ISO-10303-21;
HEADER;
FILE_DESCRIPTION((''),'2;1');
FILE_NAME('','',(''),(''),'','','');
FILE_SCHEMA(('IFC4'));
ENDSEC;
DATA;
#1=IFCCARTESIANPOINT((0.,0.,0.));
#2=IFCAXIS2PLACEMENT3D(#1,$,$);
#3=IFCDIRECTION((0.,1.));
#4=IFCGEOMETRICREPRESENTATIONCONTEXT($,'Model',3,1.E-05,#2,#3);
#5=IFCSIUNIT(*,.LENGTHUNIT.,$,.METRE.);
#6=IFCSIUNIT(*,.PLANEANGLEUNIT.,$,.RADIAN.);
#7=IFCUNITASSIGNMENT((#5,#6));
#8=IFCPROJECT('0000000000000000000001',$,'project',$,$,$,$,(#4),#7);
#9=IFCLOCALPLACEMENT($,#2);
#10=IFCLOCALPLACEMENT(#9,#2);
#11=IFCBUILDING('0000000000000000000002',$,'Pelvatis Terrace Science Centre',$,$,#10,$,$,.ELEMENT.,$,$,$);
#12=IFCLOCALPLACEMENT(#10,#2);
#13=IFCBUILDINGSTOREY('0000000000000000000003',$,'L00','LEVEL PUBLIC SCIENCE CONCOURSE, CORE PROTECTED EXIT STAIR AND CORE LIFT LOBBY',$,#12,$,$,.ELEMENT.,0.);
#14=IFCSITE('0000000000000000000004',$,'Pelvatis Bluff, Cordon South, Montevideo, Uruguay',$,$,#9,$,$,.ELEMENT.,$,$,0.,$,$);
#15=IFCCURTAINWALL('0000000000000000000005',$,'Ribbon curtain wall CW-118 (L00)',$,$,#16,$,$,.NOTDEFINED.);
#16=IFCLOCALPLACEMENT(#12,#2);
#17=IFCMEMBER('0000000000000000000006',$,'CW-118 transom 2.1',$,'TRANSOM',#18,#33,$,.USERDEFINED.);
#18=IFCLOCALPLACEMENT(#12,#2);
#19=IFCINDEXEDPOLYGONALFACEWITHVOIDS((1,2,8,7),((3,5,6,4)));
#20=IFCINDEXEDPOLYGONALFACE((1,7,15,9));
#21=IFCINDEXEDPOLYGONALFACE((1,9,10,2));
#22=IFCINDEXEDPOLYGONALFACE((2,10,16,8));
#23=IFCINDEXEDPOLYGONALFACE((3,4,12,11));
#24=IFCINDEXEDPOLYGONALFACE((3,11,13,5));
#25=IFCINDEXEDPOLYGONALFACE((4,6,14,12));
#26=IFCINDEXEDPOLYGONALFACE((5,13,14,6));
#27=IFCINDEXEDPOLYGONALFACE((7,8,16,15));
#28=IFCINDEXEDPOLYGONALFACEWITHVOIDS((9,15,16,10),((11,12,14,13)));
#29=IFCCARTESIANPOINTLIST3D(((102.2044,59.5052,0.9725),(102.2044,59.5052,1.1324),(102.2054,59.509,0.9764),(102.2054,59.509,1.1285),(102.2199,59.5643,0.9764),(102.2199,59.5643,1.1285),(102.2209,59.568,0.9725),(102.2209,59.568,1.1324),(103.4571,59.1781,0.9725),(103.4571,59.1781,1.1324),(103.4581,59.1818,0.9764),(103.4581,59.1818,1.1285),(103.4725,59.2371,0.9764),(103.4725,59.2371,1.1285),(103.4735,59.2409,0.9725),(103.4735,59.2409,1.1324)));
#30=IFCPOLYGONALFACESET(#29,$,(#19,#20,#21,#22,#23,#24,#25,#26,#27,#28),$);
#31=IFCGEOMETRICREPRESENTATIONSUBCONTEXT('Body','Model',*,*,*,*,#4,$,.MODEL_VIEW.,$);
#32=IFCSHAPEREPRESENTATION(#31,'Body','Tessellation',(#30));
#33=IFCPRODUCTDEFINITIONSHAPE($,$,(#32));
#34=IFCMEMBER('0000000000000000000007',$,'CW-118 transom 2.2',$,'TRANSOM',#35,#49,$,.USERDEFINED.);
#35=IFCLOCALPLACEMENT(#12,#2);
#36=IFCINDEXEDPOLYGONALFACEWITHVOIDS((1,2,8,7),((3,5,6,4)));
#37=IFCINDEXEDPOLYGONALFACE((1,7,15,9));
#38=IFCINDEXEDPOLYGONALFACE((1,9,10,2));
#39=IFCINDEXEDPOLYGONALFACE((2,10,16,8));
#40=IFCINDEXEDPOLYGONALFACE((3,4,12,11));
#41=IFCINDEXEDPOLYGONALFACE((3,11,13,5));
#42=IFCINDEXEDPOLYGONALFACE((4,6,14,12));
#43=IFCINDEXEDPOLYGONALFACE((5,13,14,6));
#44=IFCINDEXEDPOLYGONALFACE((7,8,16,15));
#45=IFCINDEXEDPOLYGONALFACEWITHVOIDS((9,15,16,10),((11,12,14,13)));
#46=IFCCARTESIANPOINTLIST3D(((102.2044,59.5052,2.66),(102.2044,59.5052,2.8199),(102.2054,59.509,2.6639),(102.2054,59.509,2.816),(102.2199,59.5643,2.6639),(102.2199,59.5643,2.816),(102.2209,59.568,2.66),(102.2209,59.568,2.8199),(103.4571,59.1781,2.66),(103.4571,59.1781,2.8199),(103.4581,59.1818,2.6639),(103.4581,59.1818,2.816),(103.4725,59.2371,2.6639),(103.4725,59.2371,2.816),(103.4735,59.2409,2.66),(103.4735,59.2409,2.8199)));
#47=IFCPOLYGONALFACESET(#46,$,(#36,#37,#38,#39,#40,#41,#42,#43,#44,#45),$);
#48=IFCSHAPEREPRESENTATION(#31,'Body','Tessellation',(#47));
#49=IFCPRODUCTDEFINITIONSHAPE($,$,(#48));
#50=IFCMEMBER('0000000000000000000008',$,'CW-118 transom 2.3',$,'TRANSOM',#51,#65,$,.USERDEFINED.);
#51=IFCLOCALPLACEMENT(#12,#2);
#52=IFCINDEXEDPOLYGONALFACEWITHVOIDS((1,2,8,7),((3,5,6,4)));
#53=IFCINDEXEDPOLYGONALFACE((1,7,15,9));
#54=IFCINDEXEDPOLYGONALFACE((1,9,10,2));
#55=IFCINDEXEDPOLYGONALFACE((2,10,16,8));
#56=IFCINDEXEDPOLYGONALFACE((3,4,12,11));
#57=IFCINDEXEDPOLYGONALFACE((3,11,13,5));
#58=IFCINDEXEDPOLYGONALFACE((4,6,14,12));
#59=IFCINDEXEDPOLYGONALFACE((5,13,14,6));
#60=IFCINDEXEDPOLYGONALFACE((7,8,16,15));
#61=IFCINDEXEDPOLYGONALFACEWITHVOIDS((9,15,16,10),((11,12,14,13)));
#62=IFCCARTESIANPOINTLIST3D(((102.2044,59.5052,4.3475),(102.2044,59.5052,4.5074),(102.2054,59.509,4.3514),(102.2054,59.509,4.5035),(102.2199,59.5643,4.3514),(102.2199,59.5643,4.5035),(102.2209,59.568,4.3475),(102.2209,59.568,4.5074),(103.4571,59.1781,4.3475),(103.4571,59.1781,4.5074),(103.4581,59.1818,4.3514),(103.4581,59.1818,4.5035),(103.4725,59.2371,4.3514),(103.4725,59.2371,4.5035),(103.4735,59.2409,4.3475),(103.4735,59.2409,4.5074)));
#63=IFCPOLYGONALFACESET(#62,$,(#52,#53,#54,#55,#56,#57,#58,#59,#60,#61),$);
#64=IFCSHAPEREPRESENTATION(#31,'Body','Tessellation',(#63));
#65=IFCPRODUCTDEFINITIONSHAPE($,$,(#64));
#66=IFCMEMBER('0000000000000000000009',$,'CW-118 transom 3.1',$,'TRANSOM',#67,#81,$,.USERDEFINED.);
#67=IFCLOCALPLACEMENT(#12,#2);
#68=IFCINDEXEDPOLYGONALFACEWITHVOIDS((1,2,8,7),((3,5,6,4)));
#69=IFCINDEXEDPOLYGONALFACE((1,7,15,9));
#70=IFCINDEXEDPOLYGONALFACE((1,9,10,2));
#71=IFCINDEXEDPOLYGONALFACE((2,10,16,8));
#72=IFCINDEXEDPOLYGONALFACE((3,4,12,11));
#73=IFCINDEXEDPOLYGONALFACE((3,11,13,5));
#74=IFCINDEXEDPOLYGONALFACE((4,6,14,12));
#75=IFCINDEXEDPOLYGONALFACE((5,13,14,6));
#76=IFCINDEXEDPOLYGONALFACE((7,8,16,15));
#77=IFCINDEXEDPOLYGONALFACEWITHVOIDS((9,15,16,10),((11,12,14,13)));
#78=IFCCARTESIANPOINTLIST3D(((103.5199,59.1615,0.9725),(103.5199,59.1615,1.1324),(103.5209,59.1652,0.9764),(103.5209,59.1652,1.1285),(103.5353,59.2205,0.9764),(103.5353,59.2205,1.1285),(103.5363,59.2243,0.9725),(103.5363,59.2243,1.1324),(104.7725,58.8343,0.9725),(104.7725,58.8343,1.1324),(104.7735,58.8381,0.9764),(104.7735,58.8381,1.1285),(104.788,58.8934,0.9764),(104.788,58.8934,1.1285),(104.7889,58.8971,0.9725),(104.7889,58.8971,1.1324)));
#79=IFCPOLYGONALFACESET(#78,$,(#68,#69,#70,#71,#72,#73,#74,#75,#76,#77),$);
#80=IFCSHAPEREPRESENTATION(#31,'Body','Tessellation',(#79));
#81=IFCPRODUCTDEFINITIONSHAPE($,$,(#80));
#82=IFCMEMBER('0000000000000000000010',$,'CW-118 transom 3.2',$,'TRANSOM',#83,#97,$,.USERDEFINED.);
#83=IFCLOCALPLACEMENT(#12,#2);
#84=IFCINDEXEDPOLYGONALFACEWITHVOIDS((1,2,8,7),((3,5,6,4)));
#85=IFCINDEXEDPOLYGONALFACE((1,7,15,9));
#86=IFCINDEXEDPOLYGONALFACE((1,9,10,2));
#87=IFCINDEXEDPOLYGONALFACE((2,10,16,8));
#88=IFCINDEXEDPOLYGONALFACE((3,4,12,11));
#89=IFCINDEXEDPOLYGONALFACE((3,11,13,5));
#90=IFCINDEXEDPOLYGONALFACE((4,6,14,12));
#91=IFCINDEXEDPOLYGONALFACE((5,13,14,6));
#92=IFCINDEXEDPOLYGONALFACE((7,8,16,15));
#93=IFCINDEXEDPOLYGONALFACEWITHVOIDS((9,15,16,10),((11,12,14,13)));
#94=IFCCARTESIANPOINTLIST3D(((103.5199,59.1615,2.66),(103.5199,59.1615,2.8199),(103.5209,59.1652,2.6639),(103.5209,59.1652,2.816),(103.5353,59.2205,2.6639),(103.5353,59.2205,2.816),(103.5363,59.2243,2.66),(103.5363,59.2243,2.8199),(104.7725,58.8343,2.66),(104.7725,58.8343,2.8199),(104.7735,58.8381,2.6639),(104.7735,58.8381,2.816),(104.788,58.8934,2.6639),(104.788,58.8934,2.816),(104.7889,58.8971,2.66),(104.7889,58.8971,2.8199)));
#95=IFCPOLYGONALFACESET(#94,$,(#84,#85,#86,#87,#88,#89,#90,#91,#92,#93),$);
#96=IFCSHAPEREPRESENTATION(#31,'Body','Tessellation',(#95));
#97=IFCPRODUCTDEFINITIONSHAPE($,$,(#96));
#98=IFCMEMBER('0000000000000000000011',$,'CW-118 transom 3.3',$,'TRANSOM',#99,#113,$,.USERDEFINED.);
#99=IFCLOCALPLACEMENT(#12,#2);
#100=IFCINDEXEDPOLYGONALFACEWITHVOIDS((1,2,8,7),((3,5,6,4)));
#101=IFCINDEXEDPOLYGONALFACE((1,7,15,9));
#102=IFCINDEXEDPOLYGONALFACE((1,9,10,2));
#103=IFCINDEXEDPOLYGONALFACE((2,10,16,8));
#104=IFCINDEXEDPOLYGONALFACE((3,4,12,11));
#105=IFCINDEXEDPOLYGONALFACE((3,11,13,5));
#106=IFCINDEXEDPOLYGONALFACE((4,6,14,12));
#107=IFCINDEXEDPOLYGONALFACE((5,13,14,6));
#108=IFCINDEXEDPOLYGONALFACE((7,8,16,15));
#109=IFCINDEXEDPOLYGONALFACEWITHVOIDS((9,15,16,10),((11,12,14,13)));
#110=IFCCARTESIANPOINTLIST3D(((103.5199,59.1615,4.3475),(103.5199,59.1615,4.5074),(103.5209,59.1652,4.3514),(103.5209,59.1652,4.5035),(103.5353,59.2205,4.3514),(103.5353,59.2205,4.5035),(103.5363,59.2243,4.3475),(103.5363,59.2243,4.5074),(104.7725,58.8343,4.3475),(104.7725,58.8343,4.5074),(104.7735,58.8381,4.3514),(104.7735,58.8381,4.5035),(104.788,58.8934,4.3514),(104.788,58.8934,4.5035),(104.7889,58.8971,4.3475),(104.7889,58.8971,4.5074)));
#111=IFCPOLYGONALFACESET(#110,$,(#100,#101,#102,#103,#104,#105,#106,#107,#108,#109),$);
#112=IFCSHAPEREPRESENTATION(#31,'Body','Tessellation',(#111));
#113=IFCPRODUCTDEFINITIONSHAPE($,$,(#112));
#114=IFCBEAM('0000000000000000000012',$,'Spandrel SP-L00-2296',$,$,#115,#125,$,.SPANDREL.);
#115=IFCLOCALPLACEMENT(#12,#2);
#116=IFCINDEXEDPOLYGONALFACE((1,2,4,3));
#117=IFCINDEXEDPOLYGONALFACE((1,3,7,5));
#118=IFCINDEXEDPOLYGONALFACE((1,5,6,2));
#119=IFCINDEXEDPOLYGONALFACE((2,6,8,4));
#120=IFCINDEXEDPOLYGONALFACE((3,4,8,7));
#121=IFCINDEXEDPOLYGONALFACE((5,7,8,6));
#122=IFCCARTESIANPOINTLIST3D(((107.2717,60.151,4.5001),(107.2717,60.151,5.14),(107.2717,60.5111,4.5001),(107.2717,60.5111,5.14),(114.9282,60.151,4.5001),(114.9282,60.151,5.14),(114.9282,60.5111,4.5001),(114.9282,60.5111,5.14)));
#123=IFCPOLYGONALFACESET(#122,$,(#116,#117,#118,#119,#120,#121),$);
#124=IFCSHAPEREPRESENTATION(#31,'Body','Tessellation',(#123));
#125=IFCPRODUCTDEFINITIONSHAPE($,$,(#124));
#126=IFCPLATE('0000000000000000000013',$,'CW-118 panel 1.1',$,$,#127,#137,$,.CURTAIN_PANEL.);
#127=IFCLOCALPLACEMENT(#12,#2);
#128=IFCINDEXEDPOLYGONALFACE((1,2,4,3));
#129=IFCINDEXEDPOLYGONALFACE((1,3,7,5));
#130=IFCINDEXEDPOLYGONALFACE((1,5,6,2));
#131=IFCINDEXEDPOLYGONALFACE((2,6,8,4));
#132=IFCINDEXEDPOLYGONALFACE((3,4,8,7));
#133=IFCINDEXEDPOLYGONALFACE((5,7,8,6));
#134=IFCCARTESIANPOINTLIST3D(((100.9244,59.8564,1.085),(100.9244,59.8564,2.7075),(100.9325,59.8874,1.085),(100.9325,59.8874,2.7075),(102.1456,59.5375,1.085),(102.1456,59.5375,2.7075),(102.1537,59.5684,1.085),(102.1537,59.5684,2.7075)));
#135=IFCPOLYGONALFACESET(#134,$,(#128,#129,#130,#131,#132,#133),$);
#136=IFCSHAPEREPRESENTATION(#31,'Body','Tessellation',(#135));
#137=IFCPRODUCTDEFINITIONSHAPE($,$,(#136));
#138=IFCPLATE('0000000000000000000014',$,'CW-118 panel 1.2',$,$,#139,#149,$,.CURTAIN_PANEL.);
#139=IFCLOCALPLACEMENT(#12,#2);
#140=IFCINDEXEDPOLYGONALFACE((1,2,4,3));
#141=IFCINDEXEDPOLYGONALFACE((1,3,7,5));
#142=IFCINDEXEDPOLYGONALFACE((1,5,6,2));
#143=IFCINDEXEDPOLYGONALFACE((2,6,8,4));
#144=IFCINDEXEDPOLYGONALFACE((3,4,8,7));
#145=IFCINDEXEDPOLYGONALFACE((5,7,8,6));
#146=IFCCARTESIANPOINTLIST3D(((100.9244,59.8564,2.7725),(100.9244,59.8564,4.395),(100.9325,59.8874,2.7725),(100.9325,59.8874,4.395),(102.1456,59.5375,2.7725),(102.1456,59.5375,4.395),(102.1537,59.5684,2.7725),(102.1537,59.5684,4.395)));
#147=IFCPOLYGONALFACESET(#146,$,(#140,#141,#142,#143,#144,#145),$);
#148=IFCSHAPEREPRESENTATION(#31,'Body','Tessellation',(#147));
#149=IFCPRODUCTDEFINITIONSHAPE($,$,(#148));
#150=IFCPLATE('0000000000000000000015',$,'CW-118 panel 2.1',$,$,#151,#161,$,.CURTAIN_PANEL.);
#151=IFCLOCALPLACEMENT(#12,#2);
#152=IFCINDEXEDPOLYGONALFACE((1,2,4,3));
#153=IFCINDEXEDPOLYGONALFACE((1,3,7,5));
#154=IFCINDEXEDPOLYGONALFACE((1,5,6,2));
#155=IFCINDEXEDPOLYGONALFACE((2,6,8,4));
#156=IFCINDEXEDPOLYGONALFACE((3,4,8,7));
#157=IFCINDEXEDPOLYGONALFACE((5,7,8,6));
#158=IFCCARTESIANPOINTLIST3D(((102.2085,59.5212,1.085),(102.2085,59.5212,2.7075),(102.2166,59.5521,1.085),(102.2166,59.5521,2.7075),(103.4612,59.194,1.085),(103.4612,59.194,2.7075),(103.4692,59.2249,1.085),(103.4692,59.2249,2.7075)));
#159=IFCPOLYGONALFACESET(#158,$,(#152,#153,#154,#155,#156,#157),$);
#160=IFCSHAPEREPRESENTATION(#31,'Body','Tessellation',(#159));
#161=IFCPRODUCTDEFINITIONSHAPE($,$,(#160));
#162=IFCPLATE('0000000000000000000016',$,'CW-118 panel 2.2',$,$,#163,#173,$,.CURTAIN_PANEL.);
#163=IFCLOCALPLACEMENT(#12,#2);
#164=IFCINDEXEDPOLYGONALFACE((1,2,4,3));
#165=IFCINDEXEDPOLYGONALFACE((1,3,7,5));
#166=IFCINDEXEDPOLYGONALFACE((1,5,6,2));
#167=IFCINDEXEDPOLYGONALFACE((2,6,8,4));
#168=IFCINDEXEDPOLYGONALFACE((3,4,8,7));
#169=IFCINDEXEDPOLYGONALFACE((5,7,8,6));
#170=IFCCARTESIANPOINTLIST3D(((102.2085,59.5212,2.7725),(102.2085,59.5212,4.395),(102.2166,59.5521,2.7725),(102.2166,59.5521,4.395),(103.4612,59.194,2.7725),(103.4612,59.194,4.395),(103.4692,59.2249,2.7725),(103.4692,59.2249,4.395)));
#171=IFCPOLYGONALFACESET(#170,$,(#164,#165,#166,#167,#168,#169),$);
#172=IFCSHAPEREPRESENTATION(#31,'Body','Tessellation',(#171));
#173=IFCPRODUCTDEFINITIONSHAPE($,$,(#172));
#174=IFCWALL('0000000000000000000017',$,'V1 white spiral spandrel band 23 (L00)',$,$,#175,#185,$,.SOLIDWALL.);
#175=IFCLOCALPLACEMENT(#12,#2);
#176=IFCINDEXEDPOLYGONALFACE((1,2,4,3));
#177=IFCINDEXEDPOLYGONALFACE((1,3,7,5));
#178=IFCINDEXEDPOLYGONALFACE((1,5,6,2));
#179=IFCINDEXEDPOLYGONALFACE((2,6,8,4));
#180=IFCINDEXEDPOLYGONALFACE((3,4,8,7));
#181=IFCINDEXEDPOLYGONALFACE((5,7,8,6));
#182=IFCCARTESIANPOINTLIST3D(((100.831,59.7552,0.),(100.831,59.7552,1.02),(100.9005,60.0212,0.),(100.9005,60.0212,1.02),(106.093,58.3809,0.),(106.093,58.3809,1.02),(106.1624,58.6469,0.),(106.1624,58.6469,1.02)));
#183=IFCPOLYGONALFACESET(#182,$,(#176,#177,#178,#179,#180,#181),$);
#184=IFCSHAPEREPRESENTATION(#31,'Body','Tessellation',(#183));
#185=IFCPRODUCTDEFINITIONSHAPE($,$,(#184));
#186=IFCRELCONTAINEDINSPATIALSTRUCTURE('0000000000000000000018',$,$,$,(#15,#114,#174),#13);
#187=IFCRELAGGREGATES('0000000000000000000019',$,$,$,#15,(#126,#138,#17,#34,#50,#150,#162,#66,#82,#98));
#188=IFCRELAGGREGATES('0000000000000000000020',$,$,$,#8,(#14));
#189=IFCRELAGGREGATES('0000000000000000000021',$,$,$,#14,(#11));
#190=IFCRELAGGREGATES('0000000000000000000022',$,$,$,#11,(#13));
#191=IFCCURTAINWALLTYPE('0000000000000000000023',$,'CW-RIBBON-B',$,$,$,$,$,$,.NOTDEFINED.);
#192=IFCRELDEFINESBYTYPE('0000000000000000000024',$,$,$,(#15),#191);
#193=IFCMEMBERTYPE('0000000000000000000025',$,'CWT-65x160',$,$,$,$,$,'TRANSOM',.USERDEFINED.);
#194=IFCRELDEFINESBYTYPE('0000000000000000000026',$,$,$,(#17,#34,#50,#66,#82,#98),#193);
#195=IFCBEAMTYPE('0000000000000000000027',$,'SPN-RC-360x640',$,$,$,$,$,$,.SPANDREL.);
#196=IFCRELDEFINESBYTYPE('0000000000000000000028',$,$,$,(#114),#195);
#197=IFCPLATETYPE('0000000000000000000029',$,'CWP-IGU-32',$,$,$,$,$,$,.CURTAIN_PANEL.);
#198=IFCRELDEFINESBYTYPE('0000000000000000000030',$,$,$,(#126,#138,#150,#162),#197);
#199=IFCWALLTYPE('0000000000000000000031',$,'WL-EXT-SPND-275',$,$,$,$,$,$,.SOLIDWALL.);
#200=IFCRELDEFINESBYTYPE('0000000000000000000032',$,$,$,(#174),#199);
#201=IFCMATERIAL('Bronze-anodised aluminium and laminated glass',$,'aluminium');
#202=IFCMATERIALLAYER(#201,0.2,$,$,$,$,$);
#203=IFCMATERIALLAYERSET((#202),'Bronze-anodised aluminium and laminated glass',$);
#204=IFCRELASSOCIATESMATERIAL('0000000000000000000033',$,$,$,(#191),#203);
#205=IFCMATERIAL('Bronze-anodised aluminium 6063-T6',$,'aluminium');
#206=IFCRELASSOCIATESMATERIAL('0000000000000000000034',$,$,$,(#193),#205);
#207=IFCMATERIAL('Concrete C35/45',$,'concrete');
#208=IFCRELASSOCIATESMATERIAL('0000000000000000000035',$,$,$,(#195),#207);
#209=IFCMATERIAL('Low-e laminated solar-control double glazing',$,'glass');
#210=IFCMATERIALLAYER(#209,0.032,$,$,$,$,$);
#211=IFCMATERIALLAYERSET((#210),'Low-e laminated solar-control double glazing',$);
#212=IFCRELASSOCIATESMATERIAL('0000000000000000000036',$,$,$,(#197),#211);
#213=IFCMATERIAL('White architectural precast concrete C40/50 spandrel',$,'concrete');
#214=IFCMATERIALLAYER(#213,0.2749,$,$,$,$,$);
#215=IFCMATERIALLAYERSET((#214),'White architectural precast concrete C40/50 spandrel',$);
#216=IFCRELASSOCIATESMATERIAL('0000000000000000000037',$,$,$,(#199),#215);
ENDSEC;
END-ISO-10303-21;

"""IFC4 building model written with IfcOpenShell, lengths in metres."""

from ifc_helpers import new_model, si_unit, direction, frame, frame_2d, origin, origin_2d, place, context, subcontext, project, spatial, rectangle, hollow_rectangle, extrude, material, layer, layer_set, material_profile, profile_set, type_object, element, aggregate, save


model = new_model("IFC4")

# Units and contexts
model_context = context("Model", 3, precision=1e-05, world=origin(), true_north=direction((0.0, 1.0)))
body_context = subcontext(model_context, "Body", "Model", "MODEL_VIEW")
ifc_project = project(units=[si_unit("LENGTHUNIT", "METRE"), si_unit("PLANEANGLEUNIT", "RADIAN")], contexts=[model_context])

# Site, building, storey
site_placement = place(None, origin())
site = spatial("IfcSite", under=ifc_project, at=site_placement, Name="Pelvatis Bluff, Cordon South, Montevideo, Uruguay", CompositionType="ELEMENT", RefElevation=0.0)
building_placement = place(site_placement, origin())
building = spatial("IfcBuilding", under=site, at=building_placement, Name="Pelvatis Terrace Science Centre", CompositionType="ELEMENT")
storey_placement = place(building_placement, origin())
storey = spatial("IfcBuildingStorey", under=building, at=storey_placement, Name="L00", Description="LEVEL PUBLIC SCIENCE CONCOURSE, CORE PROTECTED EXIT STAIR AND CORE LIFT LOBBY", CompositionType="ELEMENT", Elevation=0.0)

# Curtain wall, members
ifc_material_1 = material(Name="Bronze-anodised aluminium and laminated glass", Category="aluminium")
ifc_layer_1 = layer(ifc_material_1, 0.2)
ifc_layer_set_1 = layer_set([ifc_layer_1], Name="Bronze-anodised aluminium and laminated glass")
curtain_wall_type = type_object("IfcCurtainWallType", Name="CW-RIBBON-B", PredefinedType="NOTDEFINED", material=ifc_layer_set_1)
curtain_wall_placement = place(storey_placement, origin())
curtain_wall = element("IfcCurtainWall", 1, at=curtain_wall_placement, inside=storey, type_object=curtain_wall_type, Name="Ribbon curtain wall CW-118 (L00)", PredefinedType="NOTDEFINED")
ifc_material_2 = material(Name="Bronze-anodised aluminium 6063-T6", Category="aluminium")
ifc_material_profile_1 = material_profile(ifc_material_2, hollow_rectangle(XDim=0.0649, YDim=0.1599, WallThickness=0.0039, at=origin_2d()), Name="ALU-TRN 65x160")
ifc_profile_set_1 = profile_set([ifc_material_profile_1], Name="Bronze-anodised aluminium 6063-T6")
member_type_1 = type_object("IfcMemberType", Name="CWT-65x160", ElementType="TRANSOM", PredefinedType="USERDEFINED", material=ifc_profile_set_1)
member_1_placement = place(storey_placement, frame((102.2126, 59.5366, 1.0525), z_axis=(0.967549, -0.252683, 0.0), x_axis=(0.252683, 0.967549, 0.0)))
member_1 = element("IfcMember", 2, at=member_1_placement, type_object=member_type_1, Name="CW-118 transom 2.1", ObjectType="TRANSOM", PredefinedType="USERDEFINED", context=body_context, shape_type="SweptSolid", body=[
    extrude(hollow_rectangle(XDim=0.0649, YDim=0.1599, WallThickness=0.0039, at=origin_2d()), origin(), (0.0, 0.0, 1.0), 1.2947),
])
member_2_placement = place(storey_placement, frame((102.2126, 59.5366, 2.74), z_axis=(0.967549, -0.252683, 0.0), x_axis=(0.252683, 0.967549, 0.0)))
member_2 = element("IfcMember", 3, at=member_2_placement, type_object=member_type_1, Name="CW-118 transom 2.2", ObjectType="TRANSOM", PredefinedType="USERDEFINED", context=body_context, shape_type="SweptSolid", body=[
    extrude(hollow_rectangle(XDim=0.0649, YDim=0.1599, WallThickness=0.0039, at=origin_2d()), origin(), (0.0, 0.0, 1.0), 1.2947),
])
member_3_placement = place(storey_placement, frame((102.2126, 59.5366, 4.4275), z_axis=(0.967549, -0.252683, 0.0), x_axis=(0.252683, 0.967549, 0.0)))
member_3 = element("IfcMember", 4, at=member_3_placement, type_object=member_type_1, Name="CW-118 transom 2.3", ObjectType="TRANSOM", PredefinedType="USERDEFINED", context=body_context, shape_type="SweptSolid", body=[
    extrude(hollow_rectangle(XDim=0.0649, YDim=0.1599, WallThickness=0.0039, at=origin_2d()), origin(), (0.0, 0.0, 1.0), 1.2947),
])
member_4_placement = place(storey_placement, frame((103.5281, 59.1929, 1.0525), z_axis=(0.967549, -0.252683, 0.0), x_axis=(0.252683, 0.967549, 0.0)))
member_4 = element("IfcMember", 5, at=member_4_placement, type_object=member_type_1, Name="CW-118 transom 3.1", ObjectType="TRANSOM", PredefinedType="USERDEFINED", context=body_context, shape_type="SweptSolid", body=[
    extrude(hollow_rectangle(XDim=0.0649, YDim=0.1599, WallThickness=0.0039, at=origin_2d()), origin(), (0.0, 0.0, 1.0), 1.2947),
])
member_5_placement = place(storey_placement, frame((103.5281, 59.1929, 2.74), z_axis=(0.967549, -0.252683, 0.0), x_axis=(0.252683, 0.967549, 0.0)))
member_5 = element("IfcMember", 6, at=member_5_placement, type_object=member_type_1, Name="CW-118 transom 3.2", ObjectType="TRANSOM", PredefinedType="USERDEFINED", context=body_context, shape_type="SweptSolid", body=[
    extrude(hollow_rectangle(XDim=0.0649, YDim=0.1599, WallThickness=0.0039, at=origin_2d()), origin(), (0.0, 0.0, 1.0), 1.2947),
])
member_6_placement = place(storey_placement, frame((103.5281, 59.1929, 4.4275), z_axis=(0.967549, -0.252683, 0.0), x_axis=(0.252683, 0.967549, 0.0)))
member_6 = element("IfcMember", 7, at=member_6_placement, type_object=member_type_1, Name="CW-118 transom 3.3", ObjectType="TRANSOM", PredefinedType="USERDEFINED", context=body_context, shape_type="SweptSolid", body=[
    extrude(hollow_rectangle(XDim=0.0649, YDim=0.1599, WallThickness=0.0039, at=origin_2d()), origin(), (0.0, 0.0, 1.0), 1.2947),
])

# Beam
ifc_material_3 = material(Name="Concrete C35/45", Category="concrete")
ifc_material_profile_2 = material_profile(ifc_material_3, rectangle(XDim=0.3601, YDim=0.6399, at=origin_2d()), Name="RC-SPN 360x640")
ifc_profile_set_2 = profile_set([ifc_material_profile_2], Name="Concrete C35/45")
beam_type = type_object("IfcBeamType", Name="SPN-RC-360x640", PredefinedType="SPANDREL", material=ifc_profile_set_2)
beam_placement = place(storey_placement, frame((107.2717, 60.3311, 4.8201), z_axis=(1.0, 0.0, 0.0), x_axis=(0.0, 1.0, 0.0)))
element("IfcBeam", 8, at=beam_placement, inside=storey, type_object=beam_type, Name="Spandrel SP-L00-2296", PredefinedType="SPANDREL", context=body_context, shape_type="SweptSolid", body=[
    extrude(rectangle(XDim=0.3601, YDim=0.6399, at=origin_2d()), origin(), (0.0, 0.0, 1.0), 7.6565),
])

# Plates
ifc_material_4 = material(Name="Low-e laminated solar-control double glazing", Category="glass")
ifc_layer_2 = layer(ifc_material_4, 0.032)
ifc_layer_set_2 = layer_set([ifc_layer_2], Name="Low-e laminated solar-control double glazing")
plate_type = type_object("IfcPlateType", Name="CWP-IGU-32", PredefinedType="CURTAIN_PANEL", material=ifc_layer_set_2)
plate_1_placement = place(storey_placement, frame((101.5391, 59.7124, 1.085), z_axis=(0.0, 0.0, 1.0), x_axis=(0.967545, -0.252698, 0.0)))
plate_1 = element("IfcPlate", 9, at=plate_1_placement, type_object=plate_type, Name="CW-118 panel 1.1", PredefinedType="CURTAIN_PANEL", context=body_context, shape_type="SweptSolid", body=[
    extrude(rectangle(XDim=1.2622, YDim=0.032, at=origin_2d()), origin(), (0.0, 0.0, 1.0), 1.6226),
])
plate_2_placement = place(storey_placement, frame((101.5391, 59.7124, 2.7725), z_axis=(0.0, 0.0, 1.0), x_axis=(0.967545, -0.252698, 0.0)))
plate_2 = element("IfcPlate", 10, at=plate_2_placement, type_object=plate_type, Name="CW-118 panel 1.2", PredefinedType="CURTAIN_PANEL", context=body_context, shape_type="SweptSolid", body=[
    extrude(rectangle(XDim=1.2622, YDim=0.032, at=origin_2d()), origin(), (0.0, 0.0, 1.0), 1.6226),
])
plate_3_placement = place(storey_placement, frame((102.8389, 59.373, 1.085), z_axis=(0.0, 0.0, 1.0), x_axis=(0.967545, -0.252698, 0.0)))
plate_3 = element("IfcPlate", 11, at=plate_3_placement, type_object=plate_type, Name="CW-118 panel 2.1", PredefinedType="CURTAIN_PANEL", context=body_context, shape_type="SweptSolid", body=[
    extrude(rectangle(XDim=1.2947, YDim=0.032, at=origin_2d()), origin(), (0.0, 0.0, 1.0), 1.6226),
])
plate_4_placement = place(storey_placement, frame((102.8389, 59.373, 2.7725), z_axis=(0.0, 0.0, 1.0), x_axis=(0.967545, -0.252698, 0.0)))
plate_4 = element("IfcPlate", 12, at=plate_4_placement, type_object=plate_type, Name="CW-118 panel 2.2", PredefinedType="CURTAIN_PANEL", context=body_context, shape_type="SweptSolid", body=[
    extrude(rectangle(XDim=1.2947, YDim=0.032, at=origin_2d()), origin(), (0.0, 0.0, 1.0), 1.6226),
])
aggregate(curtain_wall, [plate_1, plate_2, member_1, member_2, member_3, plate_3, plate_4, member_4, member_5, member_6])

# Shared definitions
ifc_material_5 = material(Name="White architectural precast concrete C40/50 spandrel", Category="concrete")
ifc_layer_3 = layer(ifc_material_5, 0.2749)
ifc_layer_set_3 = layer_set([ifc_layer_3], Name="White architectural precast concrete C40/50 spandrel")
wall_type = type_object("IfcWallType", Name="WL-EXT-SPND-275", PredefinedType="SOLIDWALL", material=ifc_layer_set_3)

# Wall
wall_1_placement = place(storey_placement, frame((100.8657, 59.8882, 0.0), z_axis=(0.0, 0.0, 1.0), x_axis=(0.967546, -0.252694, 0.0)))
element("IfcWall", 13, at=wall_1_placement, inside=storey, type_object=wall_type, Name="V1 white spiral spandrel band 23 (L00)", PredefinedType="SOLIDWALL", context=body_context, shape_type="SweptSolid", body=[
    extrude(rectangle(XDim=5.4385, YDim=0.2749, at=frame_2d((2.7192, 0.0))), origin(), (0.0, 0.0, 1.0), 1.02),
])

save(model, "model.ifc")
